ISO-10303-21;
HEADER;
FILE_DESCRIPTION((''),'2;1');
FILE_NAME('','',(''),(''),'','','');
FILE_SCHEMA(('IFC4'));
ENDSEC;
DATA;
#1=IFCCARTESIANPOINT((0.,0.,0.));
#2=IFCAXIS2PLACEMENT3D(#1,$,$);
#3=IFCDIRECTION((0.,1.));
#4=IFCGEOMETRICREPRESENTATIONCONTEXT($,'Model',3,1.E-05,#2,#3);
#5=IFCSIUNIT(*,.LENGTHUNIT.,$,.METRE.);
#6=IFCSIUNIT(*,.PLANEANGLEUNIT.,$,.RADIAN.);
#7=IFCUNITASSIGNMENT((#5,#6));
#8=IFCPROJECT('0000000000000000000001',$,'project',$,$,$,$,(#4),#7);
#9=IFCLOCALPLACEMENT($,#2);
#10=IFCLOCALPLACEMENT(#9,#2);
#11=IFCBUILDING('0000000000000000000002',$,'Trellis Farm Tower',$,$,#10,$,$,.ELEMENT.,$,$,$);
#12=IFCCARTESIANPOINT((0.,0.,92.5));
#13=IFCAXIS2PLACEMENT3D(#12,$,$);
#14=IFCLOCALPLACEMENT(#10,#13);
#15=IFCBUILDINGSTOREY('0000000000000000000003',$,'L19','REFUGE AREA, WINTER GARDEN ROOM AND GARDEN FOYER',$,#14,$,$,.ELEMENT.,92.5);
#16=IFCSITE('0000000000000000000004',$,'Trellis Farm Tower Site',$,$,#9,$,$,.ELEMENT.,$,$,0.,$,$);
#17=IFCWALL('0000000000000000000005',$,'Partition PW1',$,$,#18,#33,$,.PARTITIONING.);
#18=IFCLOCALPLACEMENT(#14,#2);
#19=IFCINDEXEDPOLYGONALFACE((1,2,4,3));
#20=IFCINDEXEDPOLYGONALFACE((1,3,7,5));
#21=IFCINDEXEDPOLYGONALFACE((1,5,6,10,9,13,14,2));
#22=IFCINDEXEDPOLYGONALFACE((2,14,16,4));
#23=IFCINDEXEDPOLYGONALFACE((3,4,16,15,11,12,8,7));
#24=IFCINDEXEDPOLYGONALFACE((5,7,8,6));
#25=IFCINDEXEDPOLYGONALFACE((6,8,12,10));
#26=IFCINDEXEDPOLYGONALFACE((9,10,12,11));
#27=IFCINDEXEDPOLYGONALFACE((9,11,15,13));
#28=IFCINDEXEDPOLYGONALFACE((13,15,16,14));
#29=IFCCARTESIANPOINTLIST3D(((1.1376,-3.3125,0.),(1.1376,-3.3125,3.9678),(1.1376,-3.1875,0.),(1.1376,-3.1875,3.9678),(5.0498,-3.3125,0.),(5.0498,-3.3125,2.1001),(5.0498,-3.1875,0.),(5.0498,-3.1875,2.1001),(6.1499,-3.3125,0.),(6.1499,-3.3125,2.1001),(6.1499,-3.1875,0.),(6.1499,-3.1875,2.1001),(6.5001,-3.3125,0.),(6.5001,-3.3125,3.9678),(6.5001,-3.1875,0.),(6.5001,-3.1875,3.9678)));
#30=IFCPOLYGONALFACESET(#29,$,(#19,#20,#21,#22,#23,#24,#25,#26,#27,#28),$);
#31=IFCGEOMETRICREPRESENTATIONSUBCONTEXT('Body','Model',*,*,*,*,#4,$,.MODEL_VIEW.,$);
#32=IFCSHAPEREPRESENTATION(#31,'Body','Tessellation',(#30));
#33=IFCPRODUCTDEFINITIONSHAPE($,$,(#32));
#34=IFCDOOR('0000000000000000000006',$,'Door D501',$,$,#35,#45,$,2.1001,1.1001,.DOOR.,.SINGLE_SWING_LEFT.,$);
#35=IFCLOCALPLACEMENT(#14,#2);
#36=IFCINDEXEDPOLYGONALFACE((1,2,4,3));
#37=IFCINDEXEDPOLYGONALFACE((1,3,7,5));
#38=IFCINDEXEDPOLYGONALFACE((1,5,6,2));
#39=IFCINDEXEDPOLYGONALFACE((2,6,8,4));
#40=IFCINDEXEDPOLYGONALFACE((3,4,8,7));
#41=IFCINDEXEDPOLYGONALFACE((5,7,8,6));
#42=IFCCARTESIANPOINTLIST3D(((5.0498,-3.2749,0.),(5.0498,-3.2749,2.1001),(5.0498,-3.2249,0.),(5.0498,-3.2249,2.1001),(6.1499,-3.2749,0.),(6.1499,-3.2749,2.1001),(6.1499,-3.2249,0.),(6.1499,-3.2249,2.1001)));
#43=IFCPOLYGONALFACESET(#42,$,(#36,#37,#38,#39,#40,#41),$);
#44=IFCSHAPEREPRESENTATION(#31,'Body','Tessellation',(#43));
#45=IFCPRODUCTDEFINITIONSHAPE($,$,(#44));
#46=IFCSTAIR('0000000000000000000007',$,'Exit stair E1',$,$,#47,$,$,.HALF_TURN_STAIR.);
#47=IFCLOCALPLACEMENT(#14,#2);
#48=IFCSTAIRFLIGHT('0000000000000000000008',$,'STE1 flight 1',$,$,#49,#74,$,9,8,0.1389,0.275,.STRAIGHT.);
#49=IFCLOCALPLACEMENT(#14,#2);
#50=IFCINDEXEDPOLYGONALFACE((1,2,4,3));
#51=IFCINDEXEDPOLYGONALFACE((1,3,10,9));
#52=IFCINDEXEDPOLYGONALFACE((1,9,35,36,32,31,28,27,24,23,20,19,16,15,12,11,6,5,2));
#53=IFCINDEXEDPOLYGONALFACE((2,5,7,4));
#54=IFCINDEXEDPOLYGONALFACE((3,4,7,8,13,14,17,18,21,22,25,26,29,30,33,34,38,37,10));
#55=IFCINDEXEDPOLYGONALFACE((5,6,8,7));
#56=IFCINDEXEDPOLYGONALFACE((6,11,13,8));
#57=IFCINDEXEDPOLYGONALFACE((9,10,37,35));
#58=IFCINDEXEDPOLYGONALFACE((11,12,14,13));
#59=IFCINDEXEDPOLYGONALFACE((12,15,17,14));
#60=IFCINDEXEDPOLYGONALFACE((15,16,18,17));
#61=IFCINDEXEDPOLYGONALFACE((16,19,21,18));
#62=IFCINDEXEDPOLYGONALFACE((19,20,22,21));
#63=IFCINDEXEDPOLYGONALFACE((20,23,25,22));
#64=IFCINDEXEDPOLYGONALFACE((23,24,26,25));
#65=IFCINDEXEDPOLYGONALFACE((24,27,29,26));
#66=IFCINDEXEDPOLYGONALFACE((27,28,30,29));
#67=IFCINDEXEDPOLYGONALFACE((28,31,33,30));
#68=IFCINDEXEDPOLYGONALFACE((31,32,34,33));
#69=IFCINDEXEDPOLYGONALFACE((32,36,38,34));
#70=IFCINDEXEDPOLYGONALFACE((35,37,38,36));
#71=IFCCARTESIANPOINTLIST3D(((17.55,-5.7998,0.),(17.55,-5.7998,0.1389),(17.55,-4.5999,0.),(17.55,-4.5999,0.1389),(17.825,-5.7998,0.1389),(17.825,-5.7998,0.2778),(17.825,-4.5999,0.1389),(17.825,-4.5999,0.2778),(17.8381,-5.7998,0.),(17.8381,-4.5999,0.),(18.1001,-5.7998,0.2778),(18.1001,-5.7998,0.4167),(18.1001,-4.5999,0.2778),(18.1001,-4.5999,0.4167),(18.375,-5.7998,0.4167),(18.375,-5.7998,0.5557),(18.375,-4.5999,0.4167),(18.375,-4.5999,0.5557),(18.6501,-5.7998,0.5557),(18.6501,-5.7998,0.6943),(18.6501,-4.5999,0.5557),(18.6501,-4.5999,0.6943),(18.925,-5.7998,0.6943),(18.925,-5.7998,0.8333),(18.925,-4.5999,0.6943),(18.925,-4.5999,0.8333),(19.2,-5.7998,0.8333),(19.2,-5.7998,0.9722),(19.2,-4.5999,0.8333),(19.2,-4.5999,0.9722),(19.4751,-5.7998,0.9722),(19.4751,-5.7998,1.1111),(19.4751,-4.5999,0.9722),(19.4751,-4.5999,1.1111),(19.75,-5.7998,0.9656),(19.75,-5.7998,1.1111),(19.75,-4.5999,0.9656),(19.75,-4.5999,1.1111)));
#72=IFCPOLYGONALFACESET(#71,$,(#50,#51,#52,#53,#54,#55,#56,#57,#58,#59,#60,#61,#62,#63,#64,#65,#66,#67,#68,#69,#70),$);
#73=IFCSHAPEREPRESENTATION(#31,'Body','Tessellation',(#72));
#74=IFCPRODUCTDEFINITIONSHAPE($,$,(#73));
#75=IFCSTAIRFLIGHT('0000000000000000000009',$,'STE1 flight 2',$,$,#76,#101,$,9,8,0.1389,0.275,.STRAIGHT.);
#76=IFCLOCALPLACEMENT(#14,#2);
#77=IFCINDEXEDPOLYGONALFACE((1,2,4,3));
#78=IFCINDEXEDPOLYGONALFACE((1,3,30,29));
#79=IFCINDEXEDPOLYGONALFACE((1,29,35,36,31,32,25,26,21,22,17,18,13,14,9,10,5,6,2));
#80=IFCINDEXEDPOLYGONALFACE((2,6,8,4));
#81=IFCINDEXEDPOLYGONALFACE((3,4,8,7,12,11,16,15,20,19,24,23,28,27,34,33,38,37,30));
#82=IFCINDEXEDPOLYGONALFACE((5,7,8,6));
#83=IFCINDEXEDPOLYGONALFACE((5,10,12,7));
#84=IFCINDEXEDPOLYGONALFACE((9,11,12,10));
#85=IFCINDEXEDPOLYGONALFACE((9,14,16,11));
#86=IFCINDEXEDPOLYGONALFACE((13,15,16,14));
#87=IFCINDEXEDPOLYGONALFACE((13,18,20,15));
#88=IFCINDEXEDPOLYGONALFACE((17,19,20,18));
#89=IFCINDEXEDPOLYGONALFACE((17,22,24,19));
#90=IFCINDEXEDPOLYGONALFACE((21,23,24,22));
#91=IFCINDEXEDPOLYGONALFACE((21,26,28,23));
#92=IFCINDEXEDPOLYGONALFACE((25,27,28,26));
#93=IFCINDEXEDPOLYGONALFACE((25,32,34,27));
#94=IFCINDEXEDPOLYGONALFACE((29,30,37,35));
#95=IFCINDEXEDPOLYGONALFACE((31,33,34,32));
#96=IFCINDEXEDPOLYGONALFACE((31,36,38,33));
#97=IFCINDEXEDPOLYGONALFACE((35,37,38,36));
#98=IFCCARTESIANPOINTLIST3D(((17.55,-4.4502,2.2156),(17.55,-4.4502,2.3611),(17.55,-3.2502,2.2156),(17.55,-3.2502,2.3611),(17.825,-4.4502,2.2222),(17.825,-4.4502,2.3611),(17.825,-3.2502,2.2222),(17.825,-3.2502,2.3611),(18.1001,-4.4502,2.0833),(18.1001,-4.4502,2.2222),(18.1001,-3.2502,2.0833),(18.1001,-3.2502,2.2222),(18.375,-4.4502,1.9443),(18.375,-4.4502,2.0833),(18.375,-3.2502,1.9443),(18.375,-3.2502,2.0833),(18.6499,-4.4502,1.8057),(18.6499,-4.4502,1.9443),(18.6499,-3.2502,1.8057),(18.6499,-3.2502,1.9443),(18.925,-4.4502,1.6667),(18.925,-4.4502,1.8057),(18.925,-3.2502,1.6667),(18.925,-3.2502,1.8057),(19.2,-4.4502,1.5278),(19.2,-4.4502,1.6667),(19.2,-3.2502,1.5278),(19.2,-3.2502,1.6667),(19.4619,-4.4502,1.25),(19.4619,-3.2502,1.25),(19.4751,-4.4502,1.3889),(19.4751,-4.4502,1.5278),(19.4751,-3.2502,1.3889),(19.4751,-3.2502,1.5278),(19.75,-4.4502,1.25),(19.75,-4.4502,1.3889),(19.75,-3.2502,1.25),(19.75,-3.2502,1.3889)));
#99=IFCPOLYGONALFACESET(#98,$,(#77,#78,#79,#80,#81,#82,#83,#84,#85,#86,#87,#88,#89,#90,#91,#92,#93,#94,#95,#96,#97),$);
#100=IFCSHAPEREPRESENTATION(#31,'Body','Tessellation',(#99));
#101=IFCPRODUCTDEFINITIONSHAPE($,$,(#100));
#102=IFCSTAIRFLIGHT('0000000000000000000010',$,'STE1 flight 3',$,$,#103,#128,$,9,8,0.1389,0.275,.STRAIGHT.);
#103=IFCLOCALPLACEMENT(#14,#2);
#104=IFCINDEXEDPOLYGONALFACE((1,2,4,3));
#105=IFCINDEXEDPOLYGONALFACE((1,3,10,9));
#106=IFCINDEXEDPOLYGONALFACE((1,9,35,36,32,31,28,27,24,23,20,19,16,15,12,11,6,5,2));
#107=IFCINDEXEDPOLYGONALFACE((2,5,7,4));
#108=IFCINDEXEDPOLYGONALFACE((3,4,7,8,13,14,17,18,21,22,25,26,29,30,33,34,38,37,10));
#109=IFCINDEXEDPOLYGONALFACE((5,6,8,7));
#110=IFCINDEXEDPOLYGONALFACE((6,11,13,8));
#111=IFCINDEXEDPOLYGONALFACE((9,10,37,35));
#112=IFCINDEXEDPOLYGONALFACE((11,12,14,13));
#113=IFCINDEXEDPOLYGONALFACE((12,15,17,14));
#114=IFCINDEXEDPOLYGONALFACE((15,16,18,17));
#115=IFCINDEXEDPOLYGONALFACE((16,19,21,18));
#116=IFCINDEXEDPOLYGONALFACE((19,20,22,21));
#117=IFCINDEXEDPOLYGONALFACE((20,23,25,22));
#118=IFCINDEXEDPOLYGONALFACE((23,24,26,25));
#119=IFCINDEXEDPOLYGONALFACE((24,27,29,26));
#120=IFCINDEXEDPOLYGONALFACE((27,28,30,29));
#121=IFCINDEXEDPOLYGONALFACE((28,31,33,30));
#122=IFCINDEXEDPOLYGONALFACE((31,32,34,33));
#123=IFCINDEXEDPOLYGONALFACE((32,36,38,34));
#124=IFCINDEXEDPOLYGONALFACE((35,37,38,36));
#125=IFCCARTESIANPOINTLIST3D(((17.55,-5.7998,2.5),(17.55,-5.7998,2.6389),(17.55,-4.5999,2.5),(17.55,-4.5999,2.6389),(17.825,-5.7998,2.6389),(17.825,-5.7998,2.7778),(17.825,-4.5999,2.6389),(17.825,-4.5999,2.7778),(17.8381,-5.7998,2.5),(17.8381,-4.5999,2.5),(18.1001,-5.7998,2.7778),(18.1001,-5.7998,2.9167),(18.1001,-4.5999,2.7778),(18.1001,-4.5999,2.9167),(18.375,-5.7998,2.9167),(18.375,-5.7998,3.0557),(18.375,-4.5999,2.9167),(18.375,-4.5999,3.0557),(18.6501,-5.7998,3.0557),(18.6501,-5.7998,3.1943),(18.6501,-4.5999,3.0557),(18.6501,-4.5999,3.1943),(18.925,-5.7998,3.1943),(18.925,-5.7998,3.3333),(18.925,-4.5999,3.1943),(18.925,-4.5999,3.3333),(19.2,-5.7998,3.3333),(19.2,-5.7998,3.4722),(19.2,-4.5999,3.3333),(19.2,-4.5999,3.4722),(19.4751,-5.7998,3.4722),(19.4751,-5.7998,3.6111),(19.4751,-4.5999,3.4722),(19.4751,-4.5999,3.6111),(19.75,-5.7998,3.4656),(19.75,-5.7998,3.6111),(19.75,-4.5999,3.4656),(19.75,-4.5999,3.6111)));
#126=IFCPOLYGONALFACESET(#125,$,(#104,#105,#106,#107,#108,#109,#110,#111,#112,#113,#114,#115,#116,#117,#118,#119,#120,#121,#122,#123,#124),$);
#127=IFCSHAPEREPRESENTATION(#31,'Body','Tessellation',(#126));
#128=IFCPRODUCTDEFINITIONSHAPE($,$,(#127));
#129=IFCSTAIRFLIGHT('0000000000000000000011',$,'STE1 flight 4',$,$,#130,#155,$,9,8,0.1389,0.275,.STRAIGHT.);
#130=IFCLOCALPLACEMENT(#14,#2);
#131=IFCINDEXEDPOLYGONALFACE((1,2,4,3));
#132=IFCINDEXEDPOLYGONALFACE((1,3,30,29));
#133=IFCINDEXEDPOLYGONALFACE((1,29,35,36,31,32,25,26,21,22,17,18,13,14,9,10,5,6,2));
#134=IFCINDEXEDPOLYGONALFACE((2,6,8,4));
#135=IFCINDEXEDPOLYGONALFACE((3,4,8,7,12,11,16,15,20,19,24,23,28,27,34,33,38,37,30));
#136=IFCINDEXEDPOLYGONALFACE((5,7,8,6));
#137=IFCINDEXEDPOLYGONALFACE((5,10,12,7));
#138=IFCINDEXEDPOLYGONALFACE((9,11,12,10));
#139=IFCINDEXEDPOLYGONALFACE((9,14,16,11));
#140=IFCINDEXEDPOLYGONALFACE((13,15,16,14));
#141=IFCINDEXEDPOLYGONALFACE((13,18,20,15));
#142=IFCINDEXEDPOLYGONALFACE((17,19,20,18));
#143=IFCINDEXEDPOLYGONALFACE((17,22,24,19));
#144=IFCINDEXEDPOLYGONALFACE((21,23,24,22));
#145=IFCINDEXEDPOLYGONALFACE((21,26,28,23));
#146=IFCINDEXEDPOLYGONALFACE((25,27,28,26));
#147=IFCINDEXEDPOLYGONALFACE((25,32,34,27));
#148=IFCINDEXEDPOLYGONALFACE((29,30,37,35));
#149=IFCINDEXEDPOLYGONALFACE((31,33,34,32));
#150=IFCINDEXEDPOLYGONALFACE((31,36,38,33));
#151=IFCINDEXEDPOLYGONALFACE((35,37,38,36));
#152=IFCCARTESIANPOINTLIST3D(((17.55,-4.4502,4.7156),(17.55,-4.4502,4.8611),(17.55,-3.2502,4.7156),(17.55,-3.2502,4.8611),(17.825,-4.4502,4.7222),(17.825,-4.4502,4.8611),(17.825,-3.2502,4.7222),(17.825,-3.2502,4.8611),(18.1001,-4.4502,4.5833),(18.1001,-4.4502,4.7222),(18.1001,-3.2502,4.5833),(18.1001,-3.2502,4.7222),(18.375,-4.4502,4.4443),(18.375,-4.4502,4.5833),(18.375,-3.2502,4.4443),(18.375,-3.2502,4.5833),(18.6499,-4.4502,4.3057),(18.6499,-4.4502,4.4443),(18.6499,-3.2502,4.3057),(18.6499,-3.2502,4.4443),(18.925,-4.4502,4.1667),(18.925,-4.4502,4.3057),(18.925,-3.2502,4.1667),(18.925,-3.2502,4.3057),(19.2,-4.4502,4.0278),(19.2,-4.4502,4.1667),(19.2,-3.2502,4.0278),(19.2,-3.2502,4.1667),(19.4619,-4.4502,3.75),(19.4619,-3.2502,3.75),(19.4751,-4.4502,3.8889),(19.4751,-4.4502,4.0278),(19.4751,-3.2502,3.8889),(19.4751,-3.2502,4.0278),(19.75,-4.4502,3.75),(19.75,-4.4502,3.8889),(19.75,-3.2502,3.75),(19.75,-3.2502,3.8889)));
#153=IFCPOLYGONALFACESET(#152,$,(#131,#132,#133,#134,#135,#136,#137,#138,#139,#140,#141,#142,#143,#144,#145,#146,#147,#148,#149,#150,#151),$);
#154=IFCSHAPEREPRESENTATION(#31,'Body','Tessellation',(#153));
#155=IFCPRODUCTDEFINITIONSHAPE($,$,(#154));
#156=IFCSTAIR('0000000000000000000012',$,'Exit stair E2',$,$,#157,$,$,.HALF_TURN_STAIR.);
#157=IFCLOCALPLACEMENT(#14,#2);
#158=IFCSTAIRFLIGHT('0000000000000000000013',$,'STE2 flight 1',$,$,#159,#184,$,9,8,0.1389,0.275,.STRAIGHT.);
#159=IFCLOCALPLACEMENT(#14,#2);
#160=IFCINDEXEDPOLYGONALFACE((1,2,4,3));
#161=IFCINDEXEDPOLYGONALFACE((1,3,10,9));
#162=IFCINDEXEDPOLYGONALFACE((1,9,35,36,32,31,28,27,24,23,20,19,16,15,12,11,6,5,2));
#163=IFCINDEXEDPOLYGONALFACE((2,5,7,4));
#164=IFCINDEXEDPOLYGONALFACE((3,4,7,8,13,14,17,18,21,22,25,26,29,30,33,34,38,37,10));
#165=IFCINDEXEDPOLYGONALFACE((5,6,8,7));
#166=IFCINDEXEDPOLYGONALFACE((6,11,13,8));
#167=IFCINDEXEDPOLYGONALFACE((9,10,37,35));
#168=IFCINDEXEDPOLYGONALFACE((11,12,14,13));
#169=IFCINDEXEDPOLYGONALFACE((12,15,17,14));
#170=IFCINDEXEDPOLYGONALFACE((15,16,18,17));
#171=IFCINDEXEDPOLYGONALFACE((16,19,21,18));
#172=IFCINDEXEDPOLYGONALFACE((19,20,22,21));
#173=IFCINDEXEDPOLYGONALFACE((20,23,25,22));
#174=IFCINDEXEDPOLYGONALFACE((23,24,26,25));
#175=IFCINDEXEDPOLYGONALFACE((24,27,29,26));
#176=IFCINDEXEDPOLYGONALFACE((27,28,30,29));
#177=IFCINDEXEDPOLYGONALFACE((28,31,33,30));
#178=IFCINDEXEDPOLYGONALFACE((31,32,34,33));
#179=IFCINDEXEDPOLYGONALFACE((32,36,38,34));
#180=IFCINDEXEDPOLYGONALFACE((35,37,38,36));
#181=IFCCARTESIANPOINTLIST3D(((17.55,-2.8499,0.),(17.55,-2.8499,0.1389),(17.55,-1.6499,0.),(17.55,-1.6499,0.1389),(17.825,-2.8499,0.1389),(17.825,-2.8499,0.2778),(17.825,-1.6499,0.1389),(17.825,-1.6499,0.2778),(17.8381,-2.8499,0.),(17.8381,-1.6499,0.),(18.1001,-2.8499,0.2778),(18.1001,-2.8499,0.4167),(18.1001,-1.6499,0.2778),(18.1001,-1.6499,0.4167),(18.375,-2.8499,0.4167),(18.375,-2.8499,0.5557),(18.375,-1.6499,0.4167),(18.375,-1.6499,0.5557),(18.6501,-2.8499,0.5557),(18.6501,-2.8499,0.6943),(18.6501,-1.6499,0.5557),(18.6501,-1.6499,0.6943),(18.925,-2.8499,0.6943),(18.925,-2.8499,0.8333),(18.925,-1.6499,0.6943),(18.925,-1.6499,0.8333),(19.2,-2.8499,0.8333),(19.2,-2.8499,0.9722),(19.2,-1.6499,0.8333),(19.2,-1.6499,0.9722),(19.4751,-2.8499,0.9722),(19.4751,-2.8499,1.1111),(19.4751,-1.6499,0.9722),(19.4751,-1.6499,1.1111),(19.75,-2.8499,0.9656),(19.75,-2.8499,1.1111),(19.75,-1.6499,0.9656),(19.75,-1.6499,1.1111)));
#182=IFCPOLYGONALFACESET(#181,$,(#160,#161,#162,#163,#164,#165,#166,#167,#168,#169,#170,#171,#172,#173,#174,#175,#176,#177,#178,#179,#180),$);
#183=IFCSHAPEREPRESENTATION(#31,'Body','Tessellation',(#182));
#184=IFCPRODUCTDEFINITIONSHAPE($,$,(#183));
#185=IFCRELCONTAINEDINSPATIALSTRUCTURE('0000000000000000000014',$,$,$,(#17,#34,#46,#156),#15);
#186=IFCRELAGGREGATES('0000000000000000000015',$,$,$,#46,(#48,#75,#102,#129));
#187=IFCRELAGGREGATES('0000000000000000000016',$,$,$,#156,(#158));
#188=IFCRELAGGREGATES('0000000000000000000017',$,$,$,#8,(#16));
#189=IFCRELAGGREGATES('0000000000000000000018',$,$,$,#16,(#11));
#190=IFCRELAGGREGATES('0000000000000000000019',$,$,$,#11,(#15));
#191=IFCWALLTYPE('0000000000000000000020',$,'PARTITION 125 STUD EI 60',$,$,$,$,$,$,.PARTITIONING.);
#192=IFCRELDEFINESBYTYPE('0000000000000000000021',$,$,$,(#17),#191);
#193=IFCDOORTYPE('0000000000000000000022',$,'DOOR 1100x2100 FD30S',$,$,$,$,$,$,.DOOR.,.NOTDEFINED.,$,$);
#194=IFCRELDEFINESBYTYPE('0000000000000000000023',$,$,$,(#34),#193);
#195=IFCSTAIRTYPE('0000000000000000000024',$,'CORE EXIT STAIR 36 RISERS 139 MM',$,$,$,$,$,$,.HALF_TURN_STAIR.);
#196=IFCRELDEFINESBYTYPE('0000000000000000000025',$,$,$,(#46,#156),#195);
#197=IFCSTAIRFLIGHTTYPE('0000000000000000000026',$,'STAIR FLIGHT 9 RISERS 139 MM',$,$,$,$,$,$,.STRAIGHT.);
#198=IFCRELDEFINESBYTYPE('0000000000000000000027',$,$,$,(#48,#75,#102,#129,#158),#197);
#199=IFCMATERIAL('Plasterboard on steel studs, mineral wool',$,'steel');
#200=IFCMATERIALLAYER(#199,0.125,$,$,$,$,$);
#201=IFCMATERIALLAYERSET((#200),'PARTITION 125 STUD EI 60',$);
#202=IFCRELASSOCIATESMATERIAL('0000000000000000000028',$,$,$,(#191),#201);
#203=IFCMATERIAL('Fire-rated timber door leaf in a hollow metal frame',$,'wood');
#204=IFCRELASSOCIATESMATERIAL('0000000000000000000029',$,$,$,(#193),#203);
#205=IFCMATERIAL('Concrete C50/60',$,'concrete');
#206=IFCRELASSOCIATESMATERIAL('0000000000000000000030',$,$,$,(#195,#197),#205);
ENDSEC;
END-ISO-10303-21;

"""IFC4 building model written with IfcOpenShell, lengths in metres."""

from ifc_helpers import new_model, si_unit, direction, frame, frame_2d, origin, place, context, subcontext, project, spatial, polyline, rectangle, outline, extrude, source, transform, mapped, material, layer, layer_set, type_object, element, fill, aggregate, save


model = new_model("IFC4")

# Units and contexts
model_context = context("Model", 3, precision=1e-05, world=origin(), true_north=direction((0.0, 1.0)))
body_context = subcontext(model_context, "Body", "Model", "MODEL_VIEW")
ifc_project = project(units=[si_unit("LENGTHUNIT", "METRE"), si_unit("PLANEANGLEUNIT", "RADIAN")], contexts=[model_context])

# Site, building, storey
site_placement = place(None, origin())
site = spatial("IfcSite", under=ifc_project, at=site_placement, Name="Trellis Farm Tower Site", CompositionType="ELEMENT", RefElevation=0.0)
building_placement = place(site_placement, origin())
building = spatial("IfcBuilding", under=site, at=building_placement, Name="Trellis Farm Tower", CompositionType="ELEMENT")
storey_placement = place(building_placement, frame((0.0, 0.0, 92.5)))
storey = spatial("IfcBuildingStorey", under=building, at=storey_placement, Name="L19", Description="REFUGE AREA, WINTER GARDEN ROOM AND GARDEN FOYER", CompositionType="ELEMENT", Elevation=92.5)

# Shared definitions
placement = place(storey_placement, origin())

# Shared definitions
shared_shape_1 = source(origin(), body_context, "Body", "SweptSolid", [
    extrude(rectangle(XDim=1.1001, YDim=2.1001, at=frame_2d((0.55, 1.05))), frame((0.0, 0.0249, 0.0), z_axis=(0.0, -1.0, 0.0), x_axis=(1.0, 0.0, 0.0)), (0.0, 0.0, 1.0), 0.05),
])

# Wall, opening, door
ifc_material_1 = material(Name="Plasterboard on steel studs, mineral wool", Category="steel")
ifc_layer_1 = layer(ifc_material_1, 0.125)
ifc_layer_set_1 = layer_set([ifc_layer_1], Name="PARTITION 125 STUD EI 60")
wall_type_1 = type_object("IfcWallType", Name="PARTITION 125 STUD EI 60", PredefinedType="PARTITIONING", material=ifc_layer_set_1)
shared_shape_2 = source(origin(), body_context, "Body", "SweptSolid", [
    extrude(rectangle(XDim=5.3625, YDim=0.125, at=frame_2d((2.6812, 0.0))), origin(), (0.0, 0.0, 1.0), 3.9678),
])
wall_1_placement = place(storey_placement, frame((6.5, -3.25, 0.0), z_axis=(0.0, 0.0, 1.0), x_axis=(-1.0, 0.0, 0.0)))
wall_1 = element("IfcWall", 1, at=wall_1_placement, inside=storey, type_object=wall_type_1, Name="Partition PW1", PredefinedType="PARTITIONING", context=body_context, shape_type="MappedRepresentation", body=[
    mapped(shared_shape_2, transform((0.0, 0.0, 0.0))),
])
shared_shape_3 = source(origin(), body_context, "Body", "SweptSolid", [
    extrude(rectangle(XDim=1.1001, YDim=2.1001, at=frame_2d((0.55, 1.05))), frame((0.0, 0.0725, 0.0), z_axis=(0.0, -1.0, 0.0), x_axis=(1.0, 0.0, 0.0)), (0.0, 0.0, 1.0), 0.145),
])
opening_1_placement = place(wall_1_placement, frame((0.3501, 0.0, 0.0)))
opening_1 = element("IfcOpeningElement", 2, at=opening_1_placement, cuts=wall_1, PredefinedType="OPENING", context=body_context, shape_type="MappedRepresentation", body=[
    mapped(shared_shape_3, transform((0.0, 0.0, 0.0))),
])
ifc_material_2 = material(Name="Fire-rated timber door leaf in a hollow metal frame", Category="wood")
door_type_1 = type_object("IfcDoorType", Name="DOOR 1100x2100 FD30S", OperationType="NOTDEFINED", PredefinedType="DOOR", material=ifc_material_2)
door_1_placement = place(opening_1_placement, origin())
door_1 = element("IfcDoor", 3, at=door_1_placement, inside=storey, type_object=door_type_1, Name="Door D501", OperationType="SINGLE_SWING_LEFT", OverallHeight=2.1001, OverallWidth=1.1001, PredefinedType="DOOR", context=body_context, shape_type="MappedRepresentation", body=[
    mapped(shared_shape_1, transform((0.0, 0.0, 0.0))),
])
fill(opening_1, door_1)

# Stairs, stair flights
ifc_material_3 = material(Name="Concrete C50/60", Category="concrete")
stair_type = type_object("IfcStairType", Name="CORE EXIT STAIR 36 RISERS 139 MM", PredefinedType="HALF_TURN_STAIR", material=ifc_material_3)
stair_1 = element("IfcStair", 4, at=placement, inside=storey, type_object=stair_type, Name="Exit stair E1", PredefinedType="HALF_TURN_STAIR")
stair_flight_type = type_object("IfcStairFlightType", Name="STAIR FLIGHT 9 RISERS 139 MM", PredefinedType="STRAIGHT", material=ifc_material_3)
shared_shape_4 = source(origin(), body_context, "Body", "SweptSolid", [
    extrude(outline(polyline([(0.0, 0.0), (0.0, 0.1389), (0.2749, 0.1389), (0.2749, 0.2778), (0.55, 0.2778), (0.55, 0.4167), (0.825, 0.4167), (0.825, 0.5557), (1.1001, 0.5557), (1.1001, 0.6943), (1.375, 0.6943), (1.375, 0.8333), (1.6499, 0.8333), (1.6499, 0.9722), (1.925, 0.9722), (1.925, 1.1111), (2.2, 1.1111), (2.2, 1.25), (2.2, 0.9656), (0.2881, 0.0), (0.0, 0.0)])), frame((0.0, 0.6001, 0.0), z_axis=(0.0, -1.0, 0.0), x_axis=(1.0, 0.0, 0.0)), (0.0, 0.0, 1.0), 1.2),
])
stair_flight_1_placement = place(storey_placement, frame((17.55, -5.2, 0.0), z_axis=(0.0, 0.0, 1.0), x_axis=(1.0, 0.0, 0.0)))
stair_flight_1 = element("IfcStairFlight", 5, at=stair_flight_1_placement, type_object=stair_flight_type, Name="STE1 flight 1", NumberOfRisers=9, NumberOfTreads=8, PredefinedType="STRAIGHT", RiserHeight=0.1389, TreadLength=0.275, context=body_context, shape_type="MappedRepresentation", body=[
    mapped(shared_shape_4, transform((0.0, 0.0, 0.0))),
])
stair_flight_2_placement = place(storey_placement, frame((19.75, -3.8501, 1.25), z_axis=(0.0, 0.0, 1.0), x_axis=(-1.0, 0.0, 0.0)))
stair_flight_2 = element("IfcStairFlight", 6, at=stair_flight_2_placement, type_object=stair_flight_type, Name="STE1 flight 2", NumberOfRisers=9, NumberOfTreads=8, PredefinedType="STRAIGHT", RiserHeight=0.1389, TreadLength=0.275, context=body_context, shape_type="MappedRepresentation", body=[
    mapped(shared_shape_4, transform((0.0, 0.0, 0.0))),
])
stair_flight_3_placement = place(storey_placement, frame((17.55, -5.2, 2.5), z_axis=(0.0, 0.0, 1.0), x_axis=(1.0, 0.0, 0.0)))
stair_flight_3 = element("IfcStairFlight", 7, at=stair_flight_3_placement, type_object=stair_flight_type, Name="STE1 flight 3", NumberOfRisers=9, NumberOfTreads=8, PredefinedType="STRAIGHT", RiserHeight=0.1389, TreadLength=0.275, context=body_context, shape_type="MappedRepresentation", body=[
    mapped(shared_shape_4, transform((0.0, 0.0, 0.0))),
])
stair_flight_4_placement = place(storey_placement, frame((19.75, -3.8501, 3.75), z_axis=(0.0, 0.0, 1.0), x_axis=(-1.0, 0.0, 0.0)))
stair_flight_4 = element("IfcStairFlight", 8, at=stair_flight_4_placement, type_object=stair_flight_type, Name="STE1 flight 4", NumberOfRisers=9, NumberOfTreads=8, PredefinedType="STRAIGHT", RiserHeight=0.1389, TreadLength=0.275, context=body_context, shape_type="MappedRepresentation", body=[
    mapped(shared_shape_4, transform((0.0, 0.0, 0.0))),
])
aggregate(stair_1, [stair_flight_1, stair_flight_2, stair_flight_3, stair_flight_4])
stair_2 = element("IfcStair", 9, at=placement, inside=storey, type_object=stair_type, Name="Exit stair E2", PredefinedType="HALF_TURN_STAIR")
stair_flight_5_placement = place(storey_placement, frame((17.55, -2.25, 0.0), z_axis=(0.0, 0.0, 1.0), x_axis=(1.0, 0.0, 0.0)))
stair_flight_5 = element("IfcStairFlight", 10, at=stair_flight_5_placement, type_object=stair_flight_type, Name="STE2 flight 1", NumberOfRisers=9, NumberOfTreads=8, PredefinedType="STRAIGHT", RiserHeight=0.1389, TreadLength=0.275, context=body_context, shape_type="MappedRepresentation", body=[
    mapped(shared_shape_4, transform((0.0, 0.0, 0.0))),
])
aggregate(stair_2, [stair_flight_5])

save(model, "model.ifc")
